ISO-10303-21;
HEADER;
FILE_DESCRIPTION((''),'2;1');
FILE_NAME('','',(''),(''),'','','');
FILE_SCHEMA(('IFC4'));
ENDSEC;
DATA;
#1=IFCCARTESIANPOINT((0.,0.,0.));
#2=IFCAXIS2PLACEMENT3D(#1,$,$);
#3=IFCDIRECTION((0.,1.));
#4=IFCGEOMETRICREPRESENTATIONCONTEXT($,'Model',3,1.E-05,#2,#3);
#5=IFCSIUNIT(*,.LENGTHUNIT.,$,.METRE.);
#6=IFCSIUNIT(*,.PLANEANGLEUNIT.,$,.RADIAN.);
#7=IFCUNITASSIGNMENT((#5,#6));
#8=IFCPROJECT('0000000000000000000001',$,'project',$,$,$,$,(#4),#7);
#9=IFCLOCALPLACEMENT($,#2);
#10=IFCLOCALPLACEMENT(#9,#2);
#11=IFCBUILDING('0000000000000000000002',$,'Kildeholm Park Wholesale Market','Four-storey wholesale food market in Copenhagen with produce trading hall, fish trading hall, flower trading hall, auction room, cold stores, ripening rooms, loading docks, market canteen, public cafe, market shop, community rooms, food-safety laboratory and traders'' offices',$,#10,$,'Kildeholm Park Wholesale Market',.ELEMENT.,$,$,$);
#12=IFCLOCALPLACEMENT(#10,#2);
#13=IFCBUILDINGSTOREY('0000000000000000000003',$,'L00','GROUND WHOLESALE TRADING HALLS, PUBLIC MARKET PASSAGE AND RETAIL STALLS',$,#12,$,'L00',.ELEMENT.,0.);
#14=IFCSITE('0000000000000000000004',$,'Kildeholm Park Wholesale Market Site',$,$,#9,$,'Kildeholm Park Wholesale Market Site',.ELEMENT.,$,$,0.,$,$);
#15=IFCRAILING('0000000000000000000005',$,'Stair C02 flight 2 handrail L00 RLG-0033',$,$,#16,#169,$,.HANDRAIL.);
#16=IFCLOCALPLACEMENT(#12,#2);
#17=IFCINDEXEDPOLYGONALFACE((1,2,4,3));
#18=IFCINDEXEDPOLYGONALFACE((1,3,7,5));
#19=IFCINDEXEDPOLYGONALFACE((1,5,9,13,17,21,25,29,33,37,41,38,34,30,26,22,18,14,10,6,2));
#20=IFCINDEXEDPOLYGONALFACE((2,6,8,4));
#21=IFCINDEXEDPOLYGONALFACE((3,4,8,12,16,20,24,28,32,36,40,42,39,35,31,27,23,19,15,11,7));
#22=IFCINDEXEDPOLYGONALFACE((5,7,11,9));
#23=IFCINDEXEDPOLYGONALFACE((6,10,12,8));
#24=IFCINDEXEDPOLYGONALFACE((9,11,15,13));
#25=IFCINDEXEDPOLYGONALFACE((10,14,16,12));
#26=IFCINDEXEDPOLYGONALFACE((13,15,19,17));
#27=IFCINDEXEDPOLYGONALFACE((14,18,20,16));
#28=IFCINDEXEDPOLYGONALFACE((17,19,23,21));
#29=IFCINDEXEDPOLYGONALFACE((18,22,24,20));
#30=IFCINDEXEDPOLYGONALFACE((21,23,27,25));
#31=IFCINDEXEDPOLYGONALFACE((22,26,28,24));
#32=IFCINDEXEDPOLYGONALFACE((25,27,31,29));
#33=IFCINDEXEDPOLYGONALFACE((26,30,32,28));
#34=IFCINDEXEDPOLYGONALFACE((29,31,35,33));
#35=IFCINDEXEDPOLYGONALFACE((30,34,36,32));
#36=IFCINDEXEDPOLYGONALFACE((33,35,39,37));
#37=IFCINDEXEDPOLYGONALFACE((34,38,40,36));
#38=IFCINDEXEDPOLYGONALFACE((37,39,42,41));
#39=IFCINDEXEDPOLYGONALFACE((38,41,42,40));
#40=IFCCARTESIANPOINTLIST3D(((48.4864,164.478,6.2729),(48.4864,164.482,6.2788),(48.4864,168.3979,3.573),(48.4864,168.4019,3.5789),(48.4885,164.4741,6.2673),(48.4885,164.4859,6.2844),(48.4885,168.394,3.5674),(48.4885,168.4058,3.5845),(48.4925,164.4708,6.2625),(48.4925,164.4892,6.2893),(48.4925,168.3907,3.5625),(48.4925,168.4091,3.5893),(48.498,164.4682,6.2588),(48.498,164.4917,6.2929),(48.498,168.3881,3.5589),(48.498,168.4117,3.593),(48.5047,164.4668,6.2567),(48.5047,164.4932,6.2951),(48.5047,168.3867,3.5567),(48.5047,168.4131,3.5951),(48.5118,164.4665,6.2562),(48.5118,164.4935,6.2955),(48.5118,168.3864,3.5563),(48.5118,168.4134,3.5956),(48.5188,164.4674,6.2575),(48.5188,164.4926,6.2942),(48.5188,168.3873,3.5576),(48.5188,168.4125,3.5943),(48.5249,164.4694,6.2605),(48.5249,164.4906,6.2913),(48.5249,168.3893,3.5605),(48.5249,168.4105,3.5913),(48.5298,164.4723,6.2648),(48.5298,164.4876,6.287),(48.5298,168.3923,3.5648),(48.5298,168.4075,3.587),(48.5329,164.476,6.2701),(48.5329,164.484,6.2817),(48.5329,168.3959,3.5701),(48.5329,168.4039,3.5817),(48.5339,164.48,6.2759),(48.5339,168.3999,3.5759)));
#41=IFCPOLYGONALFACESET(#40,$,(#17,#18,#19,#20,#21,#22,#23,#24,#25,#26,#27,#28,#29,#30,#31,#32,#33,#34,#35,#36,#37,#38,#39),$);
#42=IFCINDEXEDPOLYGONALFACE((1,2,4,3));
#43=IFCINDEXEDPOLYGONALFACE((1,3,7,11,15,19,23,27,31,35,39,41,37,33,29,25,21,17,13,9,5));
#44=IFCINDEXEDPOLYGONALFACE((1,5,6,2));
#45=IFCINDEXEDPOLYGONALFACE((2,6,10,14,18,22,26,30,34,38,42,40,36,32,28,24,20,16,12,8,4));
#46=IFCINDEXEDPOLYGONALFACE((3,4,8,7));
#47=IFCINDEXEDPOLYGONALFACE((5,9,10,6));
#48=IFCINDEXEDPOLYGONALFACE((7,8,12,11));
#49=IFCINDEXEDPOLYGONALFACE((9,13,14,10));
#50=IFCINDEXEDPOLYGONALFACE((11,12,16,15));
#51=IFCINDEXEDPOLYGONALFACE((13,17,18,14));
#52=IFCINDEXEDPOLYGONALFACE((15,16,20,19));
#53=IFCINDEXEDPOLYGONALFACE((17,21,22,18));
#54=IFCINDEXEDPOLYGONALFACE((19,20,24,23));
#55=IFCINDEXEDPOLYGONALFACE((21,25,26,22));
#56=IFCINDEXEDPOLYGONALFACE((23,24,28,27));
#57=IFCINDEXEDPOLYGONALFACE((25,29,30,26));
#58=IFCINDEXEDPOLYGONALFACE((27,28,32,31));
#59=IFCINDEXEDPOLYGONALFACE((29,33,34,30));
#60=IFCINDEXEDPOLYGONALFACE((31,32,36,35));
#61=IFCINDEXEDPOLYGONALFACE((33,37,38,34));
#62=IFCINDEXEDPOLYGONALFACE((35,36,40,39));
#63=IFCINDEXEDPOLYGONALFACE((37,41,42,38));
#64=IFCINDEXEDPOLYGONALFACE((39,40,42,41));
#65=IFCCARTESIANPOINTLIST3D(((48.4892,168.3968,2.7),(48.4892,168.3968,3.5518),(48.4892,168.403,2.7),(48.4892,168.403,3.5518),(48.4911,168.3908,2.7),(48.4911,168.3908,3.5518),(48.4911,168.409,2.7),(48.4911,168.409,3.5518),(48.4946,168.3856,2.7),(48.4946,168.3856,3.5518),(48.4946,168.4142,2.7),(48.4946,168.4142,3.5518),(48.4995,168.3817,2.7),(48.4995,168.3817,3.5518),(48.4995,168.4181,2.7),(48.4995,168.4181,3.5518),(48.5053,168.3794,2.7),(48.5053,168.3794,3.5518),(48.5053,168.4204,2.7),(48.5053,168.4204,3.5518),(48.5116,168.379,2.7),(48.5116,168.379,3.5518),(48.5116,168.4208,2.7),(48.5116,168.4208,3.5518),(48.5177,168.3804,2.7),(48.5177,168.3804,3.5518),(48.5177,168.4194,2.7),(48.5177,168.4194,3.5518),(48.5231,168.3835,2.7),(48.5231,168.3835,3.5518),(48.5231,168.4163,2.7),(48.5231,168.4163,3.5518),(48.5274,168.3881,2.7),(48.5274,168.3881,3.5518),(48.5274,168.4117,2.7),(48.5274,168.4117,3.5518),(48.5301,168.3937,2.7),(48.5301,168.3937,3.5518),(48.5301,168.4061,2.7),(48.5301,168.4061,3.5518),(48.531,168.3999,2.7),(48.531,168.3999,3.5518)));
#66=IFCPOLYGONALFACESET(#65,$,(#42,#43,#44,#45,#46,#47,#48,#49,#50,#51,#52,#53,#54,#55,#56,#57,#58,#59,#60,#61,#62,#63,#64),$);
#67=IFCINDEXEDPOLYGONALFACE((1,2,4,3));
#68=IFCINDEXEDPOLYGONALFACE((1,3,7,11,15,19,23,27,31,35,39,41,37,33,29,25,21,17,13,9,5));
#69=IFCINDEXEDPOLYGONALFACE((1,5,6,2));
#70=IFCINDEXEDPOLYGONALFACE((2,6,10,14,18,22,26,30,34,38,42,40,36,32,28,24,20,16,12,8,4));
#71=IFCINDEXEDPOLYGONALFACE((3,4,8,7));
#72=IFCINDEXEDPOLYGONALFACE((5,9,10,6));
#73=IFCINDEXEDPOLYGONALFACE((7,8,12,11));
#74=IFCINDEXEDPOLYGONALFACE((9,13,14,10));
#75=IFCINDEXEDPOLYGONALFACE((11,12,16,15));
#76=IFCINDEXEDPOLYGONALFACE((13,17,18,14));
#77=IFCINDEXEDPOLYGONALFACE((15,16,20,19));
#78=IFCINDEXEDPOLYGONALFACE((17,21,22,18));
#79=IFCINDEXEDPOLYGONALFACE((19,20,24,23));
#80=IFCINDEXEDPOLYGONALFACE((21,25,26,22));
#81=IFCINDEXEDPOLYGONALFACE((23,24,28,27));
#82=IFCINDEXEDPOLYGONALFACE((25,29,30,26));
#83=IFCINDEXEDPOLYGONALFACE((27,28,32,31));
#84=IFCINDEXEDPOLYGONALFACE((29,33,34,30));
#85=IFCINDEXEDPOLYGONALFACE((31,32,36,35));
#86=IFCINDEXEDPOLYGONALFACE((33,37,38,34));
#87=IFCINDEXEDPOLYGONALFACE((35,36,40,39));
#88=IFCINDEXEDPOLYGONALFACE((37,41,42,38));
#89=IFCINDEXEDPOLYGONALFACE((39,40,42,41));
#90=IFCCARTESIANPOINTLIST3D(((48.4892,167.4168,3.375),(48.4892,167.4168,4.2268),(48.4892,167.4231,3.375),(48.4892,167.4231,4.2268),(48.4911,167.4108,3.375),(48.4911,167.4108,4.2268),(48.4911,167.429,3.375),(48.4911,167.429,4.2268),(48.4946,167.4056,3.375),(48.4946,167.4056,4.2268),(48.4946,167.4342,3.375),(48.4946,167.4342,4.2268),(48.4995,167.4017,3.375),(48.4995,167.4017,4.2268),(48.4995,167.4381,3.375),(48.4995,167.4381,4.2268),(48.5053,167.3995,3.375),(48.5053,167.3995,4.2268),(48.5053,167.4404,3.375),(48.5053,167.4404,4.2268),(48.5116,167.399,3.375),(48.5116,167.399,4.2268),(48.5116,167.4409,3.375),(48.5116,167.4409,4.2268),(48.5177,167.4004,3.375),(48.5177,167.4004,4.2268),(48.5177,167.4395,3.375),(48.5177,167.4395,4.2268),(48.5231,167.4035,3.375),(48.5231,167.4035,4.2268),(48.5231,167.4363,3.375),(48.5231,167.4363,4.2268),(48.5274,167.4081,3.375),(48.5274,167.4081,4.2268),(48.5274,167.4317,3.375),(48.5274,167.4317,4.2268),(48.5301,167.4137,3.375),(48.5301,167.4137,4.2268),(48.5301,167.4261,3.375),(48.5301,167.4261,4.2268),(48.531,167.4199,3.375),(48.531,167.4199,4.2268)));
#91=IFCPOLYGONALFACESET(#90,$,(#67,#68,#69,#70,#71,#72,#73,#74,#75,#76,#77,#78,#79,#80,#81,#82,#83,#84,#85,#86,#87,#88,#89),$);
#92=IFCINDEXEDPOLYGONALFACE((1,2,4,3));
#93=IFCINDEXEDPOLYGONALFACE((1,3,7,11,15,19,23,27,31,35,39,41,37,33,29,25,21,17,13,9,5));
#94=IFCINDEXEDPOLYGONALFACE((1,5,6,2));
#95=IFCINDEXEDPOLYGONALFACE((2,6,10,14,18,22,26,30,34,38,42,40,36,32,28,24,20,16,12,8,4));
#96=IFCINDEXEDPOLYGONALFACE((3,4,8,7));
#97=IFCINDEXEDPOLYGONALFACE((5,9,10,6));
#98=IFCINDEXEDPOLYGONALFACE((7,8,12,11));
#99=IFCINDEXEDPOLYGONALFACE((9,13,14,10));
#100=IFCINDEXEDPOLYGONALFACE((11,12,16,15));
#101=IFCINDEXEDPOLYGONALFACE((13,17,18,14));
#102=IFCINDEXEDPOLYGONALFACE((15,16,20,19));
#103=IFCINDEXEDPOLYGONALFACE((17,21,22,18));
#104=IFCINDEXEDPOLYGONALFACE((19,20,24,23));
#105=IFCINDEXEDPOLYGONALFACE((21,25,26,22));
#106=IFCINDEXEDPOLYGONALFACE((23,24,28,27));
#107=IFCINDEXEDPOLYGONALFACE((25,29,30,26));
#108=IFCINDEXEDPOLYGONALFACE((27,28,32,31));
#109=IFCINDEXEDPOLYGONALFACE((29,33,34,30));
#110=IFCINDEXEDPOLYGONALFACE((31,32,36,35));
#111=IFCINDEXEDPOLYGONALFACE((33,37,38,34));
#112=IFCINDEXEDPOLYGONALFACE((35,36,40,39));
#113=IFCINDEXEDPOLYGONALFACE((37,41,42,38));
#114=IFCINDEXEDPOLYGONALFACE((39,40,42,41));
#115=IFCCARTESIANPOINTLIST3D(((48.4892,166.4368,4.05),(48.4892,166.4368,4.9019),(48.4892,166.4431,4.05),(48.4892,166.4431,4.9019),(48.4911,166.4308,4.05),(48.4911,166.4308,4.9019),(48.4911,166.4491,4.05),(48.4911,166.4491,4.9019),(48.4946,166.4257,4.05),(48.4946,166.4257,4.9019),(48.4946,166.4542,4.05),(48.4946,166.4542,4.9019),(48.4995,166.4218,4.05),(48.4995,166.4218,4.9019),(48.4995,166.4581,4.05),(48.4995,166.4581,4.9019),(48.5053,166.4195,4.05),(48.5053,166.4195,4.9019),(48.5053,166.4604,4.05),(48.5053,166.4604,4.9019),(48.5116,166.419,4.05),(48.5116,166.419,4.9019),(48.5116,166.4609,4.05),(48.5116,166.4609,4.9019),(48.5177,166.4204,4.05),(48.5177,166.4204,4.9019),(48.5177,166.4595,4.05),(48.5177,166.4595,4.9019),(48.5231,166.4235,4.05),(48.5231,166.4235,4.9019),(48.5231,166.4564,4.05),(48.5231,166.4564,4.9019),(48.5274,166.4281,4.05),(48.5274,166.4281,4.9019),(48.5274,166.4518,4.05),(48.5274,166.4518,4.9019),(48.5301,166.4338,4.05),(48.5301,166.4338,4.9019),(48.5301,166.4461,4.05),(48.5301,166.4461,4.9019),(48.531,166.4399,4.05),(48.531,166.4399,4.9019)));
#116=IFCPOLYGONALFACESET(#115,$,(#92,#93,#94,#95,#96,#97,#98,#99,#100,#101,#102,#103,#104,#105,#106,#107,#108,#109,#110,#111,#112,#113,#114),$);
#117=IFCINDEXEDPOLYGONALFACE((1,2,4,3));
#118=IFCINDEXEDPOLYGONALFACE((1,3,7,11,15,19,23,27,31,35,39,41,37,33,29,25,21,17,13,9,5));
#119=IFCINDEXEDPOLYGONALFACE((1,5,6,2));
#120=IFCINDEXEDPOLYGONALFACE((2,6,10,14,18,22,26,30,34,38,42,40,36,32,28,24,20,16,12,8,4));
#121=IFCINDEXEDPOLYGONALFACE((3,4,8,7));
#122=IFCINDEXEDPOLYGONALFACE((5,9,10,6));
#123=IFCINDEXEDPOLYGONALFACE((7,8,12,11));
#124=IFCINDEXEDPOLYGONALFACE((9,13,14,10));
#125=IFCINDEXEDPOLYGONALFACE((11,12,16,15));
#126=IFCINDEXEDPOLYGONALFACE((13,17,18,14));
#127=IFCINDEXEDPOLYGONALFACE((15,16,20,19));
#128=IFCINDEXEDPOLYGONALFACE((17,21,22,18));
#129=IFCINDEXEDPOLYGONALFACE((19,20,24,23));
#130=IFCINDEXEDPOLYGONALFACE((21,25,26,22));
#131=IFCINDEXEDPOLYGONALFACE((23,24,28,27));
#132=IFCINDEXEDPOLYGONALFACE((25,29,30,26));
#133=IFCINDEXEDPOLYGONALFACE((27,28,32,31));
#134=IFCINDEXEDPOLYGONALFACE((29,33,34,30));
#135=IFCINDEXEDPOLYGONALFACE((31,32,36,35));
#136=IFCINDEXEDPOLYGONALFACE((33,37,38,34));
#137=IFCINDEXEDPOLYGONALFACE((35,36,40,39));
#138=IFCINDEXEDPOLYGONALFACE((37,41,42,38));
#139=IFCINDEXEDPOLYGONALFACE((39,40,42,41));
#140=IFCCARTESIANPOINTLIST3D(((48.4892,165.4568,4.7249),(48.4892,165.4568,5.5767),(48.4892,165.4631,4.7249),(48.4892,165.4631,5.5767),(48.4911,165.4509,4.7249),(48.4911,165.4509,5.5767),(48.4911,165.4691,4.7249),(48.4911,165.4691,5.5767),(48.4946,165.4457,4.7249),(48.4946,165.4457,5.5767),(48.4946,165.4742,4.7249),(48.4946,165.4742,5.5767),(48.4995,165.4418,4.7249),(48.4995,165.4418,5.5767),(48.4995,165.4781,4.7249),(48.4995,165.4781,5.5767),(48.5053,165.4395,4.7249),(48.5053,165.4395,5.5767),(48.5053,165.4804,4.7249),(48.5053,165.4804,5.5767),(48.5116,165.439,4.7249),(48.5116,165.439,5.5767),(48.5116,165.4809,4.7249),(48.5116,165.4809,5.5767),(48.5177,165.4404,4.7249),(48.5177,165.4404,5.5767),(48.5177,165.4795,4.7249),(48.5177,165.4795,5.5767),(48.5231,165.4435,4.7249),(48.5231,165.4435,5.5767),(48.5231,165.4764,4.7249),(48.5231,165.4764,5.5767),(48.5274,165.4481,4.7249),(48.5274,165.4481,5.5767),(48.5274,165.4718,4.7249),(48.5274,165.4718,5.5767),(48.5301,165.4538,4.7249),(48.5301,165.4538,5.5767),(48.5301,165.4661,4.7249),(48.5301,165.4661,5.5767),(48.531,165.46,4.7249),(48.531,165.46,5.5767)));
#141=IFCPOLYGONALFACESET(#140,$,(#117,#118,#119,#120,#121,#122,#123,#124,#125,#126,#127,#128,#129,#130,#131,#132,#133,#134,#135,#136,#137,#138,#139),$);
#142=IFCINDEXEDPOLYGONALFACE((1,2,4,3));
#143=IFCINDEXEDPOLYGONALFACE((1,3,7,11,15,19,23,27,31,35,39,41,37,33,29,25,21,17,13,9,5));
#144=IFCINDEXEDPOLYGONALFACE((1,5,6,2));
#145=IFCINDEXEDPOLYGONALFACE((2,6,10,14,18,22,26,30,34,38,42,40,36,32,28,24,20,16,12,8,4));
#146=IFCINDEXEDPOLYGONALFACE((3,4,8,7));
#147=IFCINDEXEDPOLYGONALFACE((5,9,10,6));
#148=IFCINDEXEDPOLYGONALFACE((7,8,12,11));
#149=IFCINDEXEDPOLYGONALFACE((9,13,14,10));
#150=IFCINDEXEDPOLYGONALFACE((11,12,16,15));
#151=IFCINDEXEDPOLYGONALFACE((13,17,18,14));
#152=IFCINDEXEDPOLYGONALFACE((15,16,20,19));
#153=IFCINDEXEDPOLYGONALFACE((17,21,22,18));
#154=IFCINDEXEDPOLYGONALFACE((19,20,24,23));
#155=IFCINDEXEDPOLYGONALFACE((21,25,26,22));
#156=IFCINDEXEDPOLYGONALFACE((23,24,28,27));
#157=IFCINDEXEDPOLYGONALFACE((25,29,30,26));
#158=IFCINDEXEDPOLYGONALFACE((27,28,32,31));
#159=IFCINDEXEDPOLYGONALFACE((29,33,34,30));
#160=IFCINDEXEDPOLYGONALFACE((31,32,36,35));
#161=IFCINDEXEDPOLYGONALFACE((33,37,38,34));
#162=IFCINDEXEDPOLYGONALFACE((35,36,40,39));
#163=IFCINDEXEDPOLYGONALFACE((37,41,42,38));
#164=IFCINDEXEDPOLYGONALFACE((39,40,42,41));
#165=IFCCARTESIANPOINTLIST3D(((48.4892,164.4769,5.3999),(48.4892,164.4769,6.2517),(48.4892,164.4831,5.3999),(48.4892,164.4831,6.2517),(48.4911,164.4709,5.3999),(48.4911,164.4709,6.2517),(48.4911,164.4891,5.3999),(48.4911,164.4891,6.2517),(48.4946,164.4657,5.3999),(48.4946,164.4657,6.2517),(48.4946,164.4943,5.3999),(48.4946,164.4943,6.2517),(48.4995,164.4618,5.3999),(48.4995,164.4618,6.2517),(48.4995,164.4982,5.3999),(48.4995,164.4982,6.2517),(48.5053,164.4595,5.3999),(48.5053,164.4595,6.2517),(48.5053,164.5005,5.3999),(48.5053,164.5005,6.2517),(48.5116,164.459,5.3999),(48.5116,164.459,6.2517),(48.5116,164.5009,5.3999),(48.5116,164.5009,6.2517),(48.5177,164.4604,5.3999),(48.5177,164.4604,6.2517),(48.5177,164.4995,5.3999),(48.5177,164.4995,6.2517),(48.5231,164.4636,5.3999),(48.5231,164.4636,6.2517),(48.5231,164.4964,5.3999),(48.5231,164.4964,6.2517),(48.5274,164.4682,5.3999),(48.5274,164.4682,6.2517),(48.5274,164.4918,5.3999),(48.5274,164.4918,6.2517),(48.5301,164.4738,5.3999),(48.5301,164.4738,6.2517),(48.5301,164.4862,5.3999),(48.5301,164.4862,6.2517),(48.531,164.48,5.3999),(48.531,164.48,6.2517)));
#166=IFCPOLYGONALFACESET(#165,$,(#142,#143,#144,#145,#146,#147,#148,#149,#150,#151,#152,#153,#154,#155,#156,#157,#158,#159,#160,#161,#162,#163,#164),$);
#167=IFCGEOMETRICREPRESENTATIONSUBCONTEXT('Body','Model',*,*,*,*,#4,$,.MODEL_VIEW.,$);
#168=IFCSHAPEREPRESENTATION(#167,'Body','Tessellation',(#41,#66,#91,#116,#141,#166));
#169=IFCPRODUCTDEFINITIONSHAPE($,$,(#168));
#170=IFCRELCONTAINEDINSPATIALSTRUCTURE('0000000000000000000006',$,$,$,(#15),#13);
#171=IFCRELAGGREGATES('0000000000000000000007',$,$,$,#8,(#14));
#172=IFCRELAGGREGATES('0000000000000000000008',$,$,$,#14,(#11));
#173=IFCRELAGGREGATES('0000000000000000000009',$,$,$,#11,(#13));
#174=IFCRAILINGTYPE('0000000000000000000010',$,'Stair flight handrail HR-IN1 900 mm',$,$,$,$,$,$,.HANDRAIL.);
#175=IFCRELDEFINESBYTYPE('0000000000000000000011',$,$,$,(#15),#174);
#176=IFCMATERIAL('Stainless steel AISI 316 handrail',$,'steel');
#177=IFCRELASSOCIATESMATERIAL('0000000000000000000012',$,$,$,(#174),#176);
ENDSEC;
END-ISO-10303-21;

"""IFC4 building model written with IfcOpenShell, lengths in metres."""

from ifc_helpers import new_model, si_unit, direction, frame, origin, origin_2d, place, context, subcontext, project, spatial, circle, extrude, material, type_object, element, save


model = new_model("IFC4")

# Units and contexts
model_context = context("Model", 3, precision=1e-05, world=origin(), true_north=direction((0.0, 1.0)))
body_context = subcontext(model_context, "Body", "Model", "MODEL_VIEW")
ifc_project = project(units=[si_unit("LENGTHUNIT", "METRE"), si_unit("PLANEANGLEUNIT", "RADIAN")], contexts=[model_context])

# Site, building, storey
site_placement = place(None, origin())
site = spatial("IfcSite", under=ifc_project, at=site_placement, Name="Kildeholm Park Wholesale Market Site", LongName="Kildeholm Park Wholesale Market Site", CompositionType="ELEMENT", RefElevation=0.0)
building_placement = place(site_placement, origin())
building = spatial("IfcBuilding", under=site, at=building_placement, Name="Kildeholm Park Wholesale Market", Description="Four-storey wholesale food market in Copenhagen with produce trading hall, fish trading hall, flower trading hall, auction room, cold stores, ripening rooms, loading docks, market canteen, public cafe, market shop, community rooms, food-safety laboratory and traders' offices", LongName="Kildeholm Park Wholesale Market", CompositionType="ELEMENT")
storey_placement = place(building_placement, origin())
storey = spatial("IfcBuildingStorey", under=building, at=storey_placement, Name="L00", Description="GROUND WHOLESALE TRADING HALLS, PUBLIC MARKET PASSAGE AND RETAIL STALLS", LongName="L00", CompositionType="ELEMENT", Elevation=0.0)

# Railing
ifc_material_1 = material(Name="Stainless steel AISI 316 handrail", Category="steel")
railing_type_1 = type_object("IfcRailingType", Name="Stair flight handrail HR-IN1 900 mm", PredefinedType="HANDRAIL", material=ifc_material_1)
railing_1_placement = place(storey_placement, frame((48.51, 168.3999, 2.7)))
element("IfcRailing", 1, at=railing_1_placement, inside=storey, type_object=railing_type_1, Name="Stair C02 flight 2 handrail L00 RLG-0033", PredefinedType="HANDRAIL", context=body_context, shape_type="SweptSolid", body=[
    extrude(circle(Radius=0.0239, at=origin_2d()), frame((0.0, 0.0, 0.876), z_axis=(0.0, -0.823551, 0.567243), x_axis=(1.0, 0.0, 0.0)), (0.0, 0.0, 1.0), 4.7598),
    extrude(circle(Radius=0.021, at=origin_2d()), origin(), (0.0, 0.0, 1.0), 0.8518),
    extrude(circle(Radius=0.021, at=origin_2d()), frame((0.0, -0.98, 0.675)), (0.0, 0.0, 1.0), 0.8518),
    extrude(circle(Radius=0.021, at=origin_2d()), frame((0.0, -1.96, 1.3501)), (0.0, 0.0, 1.0), 0.8518),
    extrude(circle(Radius=0.021, at=origin_2d()), frame((0.0, -2.9399, 2.0249)), (0.0, 0.0, 1.0), 0.8518),
    extrude(circle(Radius=0.021, at=origin_2d()), frame((0.0, -3.9199, 2.7)), (0.0, 0.0, 1.0), 0.8518),
])

save(model, "model.ifc")
